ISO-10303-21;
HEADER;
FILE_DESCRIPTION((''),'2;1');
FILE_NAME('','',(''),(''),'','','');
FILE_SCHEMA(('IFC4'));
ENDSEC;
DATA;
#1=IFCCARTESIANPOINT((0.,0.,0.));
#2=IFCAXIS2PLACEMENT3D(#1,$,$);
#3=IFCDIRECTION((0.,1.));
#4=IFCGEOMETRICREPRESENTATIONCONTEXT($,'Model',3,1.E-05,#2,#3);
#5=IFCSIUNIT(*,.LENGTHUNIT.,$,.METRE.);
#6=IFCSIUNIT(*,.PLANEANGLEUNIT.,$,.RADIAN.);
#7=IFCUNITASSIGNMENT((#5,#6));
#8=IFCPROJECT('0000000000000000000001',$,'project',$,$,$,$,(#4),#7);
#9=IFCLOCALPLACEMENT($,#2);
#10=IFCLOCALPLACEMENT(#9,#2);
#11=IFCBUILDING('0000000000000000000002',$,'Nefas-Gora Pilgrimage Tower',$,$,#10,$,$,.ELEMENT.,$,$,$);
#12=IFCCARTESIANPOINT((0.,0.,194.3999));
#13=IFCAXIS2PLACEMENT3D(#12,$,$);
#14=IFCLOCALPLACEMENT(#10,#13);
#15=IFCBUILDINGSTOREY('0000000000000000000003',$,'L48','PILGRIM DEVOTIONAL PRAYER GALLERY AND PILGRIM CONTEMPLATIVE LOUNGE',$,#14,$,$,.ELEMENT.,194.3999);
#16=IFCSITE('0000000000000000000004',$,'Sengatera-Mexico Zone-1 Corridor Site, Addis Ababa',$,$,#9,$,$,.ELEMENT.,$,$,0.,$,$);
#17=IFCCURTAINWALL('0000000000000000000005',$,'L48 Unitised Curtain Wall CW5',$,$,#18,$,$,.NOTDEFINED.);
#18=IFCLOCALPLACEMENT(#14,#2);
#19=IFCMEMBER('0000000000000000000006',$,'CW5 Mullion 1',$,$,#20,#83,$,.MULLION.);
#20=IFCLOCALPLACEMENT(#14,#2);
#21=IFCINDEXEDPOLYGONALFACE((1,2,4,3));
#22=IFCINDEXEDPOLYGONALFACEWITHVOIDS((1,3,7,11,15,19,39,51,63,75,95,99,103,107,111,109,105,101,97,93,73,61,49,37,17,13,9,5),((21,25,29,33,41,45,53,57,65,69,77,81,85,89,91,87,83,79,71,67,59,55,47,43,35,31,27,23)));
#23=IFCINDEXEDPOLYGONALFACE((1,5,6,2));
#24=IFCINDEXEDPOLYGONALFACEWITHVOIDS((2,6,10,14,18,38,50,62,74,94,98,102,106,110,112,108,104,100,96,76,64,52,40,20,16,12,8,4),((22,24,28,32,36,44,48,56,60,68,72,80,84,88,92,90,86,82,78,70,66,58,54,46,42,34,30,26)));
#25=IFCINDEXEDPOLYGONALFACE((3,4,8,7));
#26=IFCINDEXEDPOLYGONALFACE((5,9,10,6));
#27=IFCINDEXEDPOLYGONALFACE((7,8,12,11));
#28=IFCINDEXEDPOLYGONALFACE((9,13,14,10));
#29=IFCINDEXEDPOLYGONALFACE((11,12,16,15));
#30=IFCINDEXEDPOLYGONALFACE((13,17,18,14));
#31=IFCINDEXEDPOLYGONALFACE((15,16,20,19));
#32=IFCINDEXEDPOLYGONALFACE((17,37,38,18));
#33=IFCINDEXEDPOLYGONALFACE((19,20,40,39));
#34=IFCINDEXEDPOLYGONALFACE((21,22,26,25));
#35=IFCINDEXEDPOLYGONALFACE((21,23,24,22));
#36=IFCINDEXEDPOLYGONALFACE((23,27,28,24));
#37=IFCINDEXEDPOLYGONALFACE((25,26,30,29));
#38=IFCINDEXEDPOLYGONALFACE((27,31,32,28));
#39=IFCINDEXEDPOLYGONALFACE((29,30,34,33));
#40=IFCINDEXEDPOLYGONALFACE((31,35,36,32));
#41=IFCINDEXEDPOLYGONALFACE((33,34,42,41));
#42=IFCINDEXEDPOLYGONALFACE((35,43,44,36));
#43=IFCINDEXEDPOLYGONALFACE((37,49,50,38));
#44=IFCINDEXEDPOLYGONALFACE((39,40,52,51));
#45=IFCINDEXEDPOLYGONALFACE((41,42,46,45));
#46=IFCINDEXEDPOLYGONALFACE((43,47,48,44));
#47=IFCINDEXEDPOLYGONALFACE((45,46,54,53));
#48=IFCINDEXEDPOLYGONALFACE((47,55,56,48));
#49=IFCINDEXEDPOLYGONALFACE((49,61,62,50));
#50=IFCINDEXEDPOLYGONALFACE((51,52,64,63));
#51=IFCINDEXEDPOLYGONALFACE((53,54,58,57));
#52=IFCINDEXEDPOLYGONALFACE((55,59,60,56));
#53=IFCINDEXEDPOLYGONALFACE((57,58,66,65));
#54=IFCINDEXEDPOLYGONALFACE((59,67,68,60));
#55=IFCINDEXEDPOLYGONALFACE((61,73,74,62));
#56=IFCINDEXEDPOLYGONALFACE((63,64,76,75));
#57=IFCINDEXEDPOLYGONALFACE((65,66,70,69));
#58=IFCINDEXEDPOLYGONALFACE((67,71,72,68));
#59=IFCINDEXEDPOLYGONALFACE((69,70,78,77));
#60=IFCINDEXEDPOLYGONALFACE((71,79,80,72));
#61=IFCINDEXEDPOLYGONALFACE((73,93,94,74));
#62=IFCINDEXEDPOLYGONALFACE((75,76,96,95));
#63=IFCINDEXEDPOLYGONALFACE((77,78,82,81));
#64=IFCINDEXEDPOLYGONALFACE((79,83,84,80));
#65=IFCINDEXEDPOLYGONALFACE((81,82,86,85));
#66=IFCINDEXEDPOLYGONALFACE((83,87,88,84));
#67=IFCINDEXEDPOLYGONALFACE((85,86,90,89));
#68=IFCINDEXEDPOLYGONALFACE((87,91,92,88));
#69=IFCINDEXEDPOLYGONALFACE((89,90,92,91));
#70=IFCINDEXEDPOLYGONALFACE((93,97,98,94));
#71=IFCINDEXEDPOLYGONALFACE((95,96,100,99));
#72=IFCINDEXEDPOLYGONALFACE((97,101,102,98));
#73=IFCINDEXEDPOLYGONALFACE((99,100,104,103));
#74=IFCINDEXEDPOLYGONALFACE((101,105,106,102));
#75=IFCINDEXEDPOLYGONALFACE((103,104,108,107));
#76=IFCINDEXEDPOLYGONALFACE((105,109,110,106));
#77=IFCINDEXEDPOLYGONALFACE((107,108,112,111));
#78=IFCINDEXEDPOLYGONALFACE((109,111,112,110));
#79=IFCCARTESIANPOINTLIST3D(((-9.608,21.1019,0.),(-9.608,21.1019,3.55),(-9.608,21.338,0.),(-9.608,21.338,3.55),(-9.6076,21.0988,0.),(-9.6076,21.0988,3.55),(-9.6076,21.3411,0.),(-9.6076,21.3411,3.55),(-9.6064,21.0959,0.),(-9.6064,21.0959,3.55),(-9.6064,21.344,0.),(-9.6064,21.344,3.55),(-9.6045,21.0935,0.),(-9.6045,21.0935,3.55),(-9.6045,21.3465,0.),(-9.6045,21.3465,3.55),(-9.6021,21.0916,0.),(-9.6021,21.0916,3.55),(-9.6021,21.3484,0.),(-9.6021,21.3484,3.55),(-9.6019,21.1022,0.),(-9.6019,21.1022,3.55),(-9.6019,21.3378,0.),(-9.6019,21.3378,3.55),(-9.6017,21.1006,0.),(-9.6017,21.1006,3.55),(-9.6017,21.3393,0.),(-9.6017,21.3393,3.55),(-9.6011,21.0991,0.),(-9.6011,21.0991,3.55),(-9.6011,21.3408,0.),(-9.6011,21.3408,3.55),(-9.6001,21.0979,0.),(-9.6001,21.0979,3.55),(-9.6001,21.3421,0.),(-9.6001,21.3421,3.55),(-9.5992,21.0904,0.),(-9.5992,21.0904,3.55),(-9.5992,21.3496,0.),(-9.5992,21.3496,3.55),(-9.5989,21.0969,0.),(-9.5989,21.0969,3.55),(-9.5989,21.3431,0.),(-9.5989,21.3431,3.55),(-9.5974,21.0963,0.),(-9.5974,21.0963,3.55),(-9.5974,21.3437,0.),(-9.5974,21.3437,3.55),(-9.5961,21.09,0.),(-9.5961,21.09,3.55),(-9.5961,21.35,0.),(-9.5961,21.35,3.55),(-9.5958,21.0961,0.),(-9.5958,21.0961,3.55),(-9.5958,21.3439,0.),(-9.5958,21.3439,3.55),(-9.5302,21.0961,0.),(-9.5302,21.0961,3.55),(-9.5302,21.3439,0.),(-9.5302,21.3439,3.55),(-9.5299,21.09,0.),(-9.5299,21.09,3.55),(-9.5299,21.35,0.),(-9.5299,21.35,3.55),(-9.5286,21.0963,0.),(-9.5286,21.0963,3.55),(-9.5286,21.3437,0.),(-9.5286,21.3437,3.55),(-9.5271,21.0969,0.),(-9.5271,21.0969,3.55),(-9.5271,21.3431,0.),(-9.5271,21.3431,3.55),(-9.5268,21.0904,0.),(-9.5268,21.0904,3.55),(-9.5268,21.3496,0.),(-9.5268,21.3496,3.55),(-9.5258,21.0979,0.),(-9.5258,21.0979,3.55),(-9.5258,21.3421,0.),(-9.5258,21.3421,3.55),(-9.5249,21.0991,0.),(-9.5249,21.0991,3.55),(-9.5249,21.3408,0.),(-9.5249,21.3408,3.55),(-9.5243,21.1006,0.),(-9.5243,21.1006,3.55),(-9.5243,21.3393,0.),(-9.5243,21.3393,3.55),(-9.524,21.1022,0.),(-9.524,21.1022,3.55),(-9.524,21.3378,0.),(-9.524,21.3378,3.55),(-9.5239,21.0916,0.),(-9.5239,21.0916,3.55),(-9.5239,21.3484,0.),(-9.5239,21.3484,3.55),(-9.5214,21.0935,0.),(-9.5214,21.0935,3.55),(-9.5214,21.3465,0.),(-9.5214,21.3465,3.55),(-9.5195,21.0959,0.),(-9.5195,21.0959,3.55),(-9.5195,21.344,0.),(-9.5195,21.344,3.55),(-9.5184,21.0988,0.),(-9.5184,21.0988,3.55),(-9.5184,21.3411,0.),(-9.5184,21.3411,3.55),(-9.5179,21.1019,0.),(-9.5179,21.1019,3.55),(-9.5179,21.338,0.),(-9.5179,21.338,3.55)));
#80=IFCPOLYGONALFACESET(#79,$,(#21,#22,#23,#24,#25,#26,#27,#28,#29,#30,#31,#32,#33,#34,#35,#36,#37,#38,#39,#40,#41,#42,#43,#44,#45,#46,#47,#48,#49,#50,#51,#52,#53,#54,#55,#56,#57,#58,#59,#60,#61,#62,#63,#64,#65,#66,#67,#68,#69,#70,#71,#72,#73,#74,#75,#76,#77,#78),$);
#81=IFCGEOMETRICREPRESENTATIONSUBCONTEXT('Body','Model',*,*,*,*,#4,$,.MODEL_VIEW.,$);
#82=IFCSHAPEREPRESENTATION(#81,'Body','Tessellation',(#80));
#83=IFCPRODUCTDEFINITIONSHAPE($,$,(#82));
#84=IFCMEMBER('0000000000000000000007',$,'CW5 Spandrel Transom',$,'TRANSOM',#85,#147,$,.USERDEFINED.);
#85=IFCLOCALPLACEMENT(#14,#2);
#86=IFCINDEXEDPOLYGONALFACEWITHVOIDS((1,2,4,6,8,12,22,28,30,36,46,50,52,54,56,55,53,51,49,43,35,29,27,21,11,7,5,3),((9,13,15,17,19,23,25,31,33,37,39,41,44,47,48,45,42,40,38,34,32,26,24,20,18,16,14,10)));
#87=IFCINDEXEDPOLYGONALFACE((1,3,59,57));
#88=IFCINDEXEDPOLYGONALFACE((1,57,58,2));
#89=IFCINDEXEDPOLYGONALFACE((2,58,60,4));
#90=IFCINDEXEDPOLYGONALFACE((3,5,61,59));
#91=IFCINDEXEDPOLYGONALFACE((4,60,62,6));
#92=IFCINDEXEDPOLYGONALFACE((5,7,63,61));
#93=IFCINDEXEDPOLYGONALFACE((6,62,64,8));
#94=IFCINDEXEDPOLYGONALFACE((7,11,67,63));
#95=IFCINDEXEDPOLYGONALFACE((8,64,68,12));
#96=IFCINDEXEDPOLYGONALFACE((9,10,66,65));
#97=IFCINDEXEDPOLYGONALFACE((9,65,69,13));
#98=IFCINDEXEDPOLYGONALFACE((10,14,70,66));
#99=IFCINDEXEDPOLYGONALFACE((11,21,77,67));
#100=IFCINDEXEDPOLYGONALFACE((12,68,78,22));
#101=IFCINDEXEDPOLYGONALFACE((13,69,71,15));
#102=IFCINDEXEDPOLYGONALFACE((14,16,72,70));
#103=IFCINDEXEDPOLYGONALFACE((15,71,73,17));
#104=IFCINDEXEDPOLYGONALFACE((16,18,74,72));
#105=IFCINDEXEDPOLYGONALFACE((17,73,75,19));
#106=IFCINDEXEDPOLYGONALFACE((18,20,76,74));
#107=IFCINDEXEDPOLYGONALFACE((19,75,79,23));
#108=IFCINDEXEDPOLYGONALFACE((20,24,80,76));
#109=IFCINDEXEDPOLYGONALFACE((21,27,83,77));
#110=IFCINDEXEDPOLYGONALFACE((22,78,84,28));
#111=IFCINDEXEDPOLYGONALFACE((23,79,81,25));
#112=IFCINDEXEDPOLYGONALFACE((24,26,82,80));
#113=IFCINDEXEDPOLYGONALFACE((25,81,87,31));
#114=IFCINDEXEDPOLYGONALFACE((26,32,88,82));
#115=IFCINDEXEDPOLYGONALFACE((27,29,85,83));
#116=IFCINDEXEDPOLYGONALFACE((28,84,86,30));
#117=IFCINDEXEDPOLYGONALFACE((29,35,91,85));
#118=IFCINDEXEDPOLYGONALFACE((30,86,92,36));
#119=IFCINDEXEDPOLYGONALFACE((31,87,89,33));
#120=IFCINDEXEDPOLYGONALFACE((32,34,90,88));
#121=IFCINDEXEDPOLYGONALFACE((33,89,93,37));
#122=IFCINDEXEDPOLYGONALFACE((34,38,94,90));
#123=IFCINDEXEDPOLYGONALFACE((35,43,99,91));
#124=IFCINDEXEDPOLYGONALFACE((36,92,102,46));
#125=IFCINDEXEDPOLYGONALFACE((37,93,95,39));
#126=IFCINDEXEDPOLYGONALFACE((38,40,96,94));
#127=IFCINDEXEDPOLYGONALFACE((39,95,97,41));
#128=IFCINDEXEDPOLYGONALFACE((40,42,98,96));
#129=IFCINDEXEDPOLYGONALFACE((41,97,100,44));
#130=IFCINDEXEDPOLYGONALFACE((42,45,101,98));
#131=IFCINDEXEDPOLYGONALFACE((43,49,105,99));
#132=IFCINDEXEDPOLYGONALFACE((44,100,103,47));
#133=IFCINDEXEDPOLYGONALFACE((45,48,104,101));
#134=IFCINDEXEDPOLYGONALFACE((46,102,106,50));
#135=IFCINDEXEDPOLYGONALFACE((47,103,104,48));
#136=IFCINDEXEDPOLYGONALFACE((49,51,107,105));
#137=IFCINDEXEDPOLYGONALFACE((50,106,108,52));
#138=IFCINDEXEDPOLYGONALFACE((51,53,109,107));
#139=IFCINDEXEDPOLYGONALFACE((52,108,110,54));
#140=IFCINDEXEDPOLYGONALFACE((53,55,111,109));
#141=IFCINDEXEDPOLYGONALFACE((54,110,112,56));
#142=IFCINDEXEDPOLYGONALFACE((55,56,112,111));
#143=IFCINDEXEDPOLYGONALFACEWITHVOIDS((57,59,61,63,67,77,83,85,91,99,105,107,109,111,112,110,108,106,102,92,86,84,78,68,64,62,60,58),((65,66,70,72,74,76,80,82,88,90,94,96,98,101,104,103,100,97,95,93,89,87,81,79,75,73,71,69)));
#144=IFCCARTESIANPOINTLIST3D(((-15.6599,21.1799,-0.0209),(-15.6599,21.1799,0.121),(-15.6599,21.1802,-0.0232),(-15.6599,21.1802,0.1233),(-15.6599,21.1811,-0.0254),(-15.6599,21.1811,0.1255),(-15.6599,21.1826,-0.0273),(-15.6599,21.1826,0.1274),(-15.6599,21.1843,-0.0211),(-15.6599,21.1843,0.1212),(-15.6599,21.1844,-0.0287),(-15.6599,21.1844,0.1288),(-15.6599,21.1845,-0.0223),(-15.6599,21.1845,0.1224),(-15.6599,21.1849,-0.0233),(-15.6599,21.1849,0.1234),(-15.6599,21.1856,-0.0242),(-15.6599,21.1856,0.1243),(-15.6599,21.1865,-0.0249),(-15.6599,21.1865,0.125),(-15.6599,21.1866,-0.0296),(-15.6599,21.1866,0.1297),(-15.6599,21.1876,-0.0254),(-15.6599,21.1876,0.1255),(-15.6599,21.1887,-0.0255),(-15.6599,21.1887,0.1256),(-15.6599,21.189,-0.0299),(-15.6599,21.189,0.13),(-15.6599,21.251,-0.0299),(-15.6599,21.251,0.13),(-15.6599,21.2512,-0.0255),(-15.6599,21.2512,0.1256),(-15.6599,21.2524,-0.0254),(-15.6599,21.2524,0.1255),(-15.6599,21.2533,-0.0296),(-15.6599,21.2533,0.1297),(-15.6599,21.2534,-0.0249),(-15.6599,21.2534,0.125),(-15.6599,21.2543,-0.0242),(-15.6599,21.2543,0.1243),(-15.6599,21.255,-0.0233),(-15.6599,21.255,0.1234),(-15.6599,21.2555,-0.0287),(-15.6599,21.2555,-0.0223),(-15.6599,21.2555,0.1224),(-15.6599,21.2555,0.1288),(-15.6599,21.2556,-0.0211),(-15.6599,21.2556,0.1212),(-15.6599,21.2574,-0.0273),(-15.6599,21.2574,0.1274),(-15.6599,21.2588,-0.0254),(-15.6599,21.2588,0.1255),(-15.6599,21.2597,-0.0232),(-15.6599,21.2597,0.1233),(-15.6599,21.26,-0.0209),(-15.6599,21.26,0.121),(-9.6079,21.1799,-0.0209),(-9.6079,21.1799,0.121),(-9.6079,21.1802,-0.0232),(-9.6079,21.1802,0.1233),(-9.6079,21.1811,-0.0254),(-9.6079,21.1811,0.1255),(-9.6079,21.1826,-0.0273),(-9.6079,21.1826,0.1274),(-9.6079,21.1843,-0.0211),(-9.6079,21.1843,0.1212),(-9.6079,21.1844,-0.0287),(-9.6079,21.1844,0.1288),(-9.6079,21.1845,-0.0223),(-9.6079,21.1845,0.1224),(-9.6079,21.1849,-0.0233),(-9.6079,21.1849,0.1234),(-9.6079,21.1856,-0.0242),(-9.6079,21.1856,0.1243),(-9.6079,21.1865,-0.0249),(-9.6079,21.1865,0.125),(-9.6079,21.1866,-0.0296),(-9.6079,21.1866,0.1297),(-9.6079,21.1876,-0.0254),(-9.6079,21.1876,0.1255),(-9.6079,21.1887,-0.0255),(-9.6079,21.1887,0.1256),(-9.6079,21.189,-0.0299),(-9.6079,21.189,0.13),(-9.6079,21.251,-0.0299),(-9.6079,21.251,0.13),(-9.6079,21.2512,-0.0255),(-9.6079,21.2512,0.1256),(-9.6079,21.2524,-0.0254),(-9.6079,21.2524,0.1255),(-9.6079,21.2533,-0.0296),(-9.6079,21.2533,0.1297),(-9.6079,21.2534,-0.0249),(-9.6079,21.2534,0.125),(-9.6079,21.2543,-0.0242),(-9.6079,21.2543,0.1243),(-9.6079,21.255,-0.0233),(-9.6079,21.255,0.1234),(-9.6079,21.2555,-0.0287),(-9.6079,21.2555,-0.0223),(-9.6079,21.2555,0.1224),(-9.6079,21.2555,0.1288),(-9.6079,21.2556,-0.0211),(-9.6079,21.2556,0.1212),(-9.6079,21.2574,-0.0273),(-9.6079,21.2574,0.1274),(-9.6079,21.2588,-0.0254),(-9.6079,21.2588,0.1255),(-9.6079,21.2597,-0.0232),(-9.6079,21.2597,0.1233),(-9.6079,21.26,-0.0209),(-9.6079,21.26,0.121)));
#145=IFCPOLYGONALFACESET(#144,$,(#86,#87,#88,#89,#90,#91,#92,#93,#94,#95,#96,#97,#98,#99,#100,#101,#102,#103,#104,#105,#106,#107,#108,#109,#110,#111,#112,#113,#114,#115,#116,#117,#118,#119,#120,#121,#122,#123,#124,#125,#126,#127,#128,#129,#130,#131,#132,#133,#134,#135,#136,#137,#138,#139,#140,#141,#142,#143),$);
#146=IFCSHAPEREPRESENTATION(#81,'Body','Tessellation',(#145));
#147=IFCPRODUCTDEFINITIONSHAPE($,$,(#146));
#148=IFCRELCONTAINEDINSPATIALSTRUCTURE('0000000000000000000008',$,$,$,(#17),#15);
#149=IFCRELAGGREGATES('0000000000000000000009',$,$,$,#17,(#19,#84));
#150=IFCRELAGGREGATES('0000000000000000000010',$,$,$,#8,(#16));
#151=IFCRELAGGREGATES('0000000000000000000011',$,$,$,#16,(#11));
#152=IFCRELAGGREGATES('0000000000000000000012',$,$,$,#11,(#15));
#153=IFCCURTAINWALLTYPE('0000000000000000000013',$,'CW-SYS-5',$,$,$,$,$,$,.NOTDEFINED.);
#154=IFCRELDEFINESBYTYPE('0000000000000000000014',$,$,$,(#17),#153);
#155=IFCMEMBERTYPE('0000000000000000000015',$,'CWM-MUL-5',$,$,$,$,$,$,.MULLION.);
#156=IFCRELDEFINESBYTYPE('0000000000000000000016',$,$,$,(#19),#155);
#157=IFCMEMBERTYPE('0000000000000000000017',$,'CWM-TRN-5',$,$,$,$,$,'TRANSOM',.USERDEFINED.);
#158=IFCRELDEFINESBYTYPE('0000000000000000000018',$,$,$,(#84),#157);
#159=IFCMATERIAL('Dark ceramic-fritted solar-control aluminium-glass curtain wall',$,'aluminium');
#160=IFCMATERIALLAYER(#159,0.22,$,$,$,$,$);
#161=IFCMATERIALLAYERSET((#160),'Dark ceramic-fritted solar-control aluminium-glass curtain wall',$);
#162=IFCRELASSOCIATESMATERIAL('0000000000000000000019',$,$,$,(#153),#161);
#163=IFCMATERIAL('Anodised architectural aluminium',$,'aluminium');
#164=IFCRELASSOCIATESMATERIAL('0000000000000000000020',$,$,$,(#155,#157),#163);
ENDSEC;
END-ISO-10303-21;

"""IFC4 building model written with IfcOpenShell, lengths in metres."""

from ifc_helpers import new_model, si_unit, direction, frame, origin, origin_2d, place, context, subcontext, project, spatial, hollow_rectangle, extrude, source, transform, mapped, material, layer, layer_set, material_profile, profile_set, type_object, element, aggregate, save


model = new_model("IFC4")

# Units and contexts
model_context = context("Model", 3, precision=1e-05, world=origin(), true_north=direction((0.0, 1.0)))
body_context = subcontext(model_context, "Body", "Model", "MODEL_VIEW")
ifc_project = project(units=[si_unit("LENGTHUNIT", "METRE"), si_unit("PLANEANGLEUNIT", "RADIAN")], contexts=[model_context])

# Site, building, storey
site_placement = place(None, origin())
site = spatial("IfcSite", under=ifc_project, at=site_placement, Name="Sengatera-Mexico Zone-1 Corridor Site, Addis Ababa", CompositionType="ELEMENT", RefElevation=0.0)
building_placement = place(site_placement, origin())
building = spatial("IfcBuilding", under=site, at=building_placement, Name="Nefas-Gora Pilgrimage Tower", CompositionType="ELEMENT")
storey_placement = place(building_placement, frame((0.0, 0.0, 194.3999)))
storey = spatial("IfcBuildingStorey", under=building, at=storey_placement, Name="L48", Description="PILGRIM DEVOTIONAL PRAYER GALLERY AND PILGRIM CONTEMPLATIVE LOUNGE", CompositionType="ELEMENT", Elevation=194.3999)

# Curtain wall, members
ifc_material_1 = material(Name="Dark ceramic-fritted solar-control aluminium-glass curtain wall", Category="aluminium")
ifc_layer_1 = layer(ifc_material_1, 0.22)
ifc_layer_set_1 = layer_set([ifc_layer_1], Name="Dark ceramic-fritted solar-control aluminium-glass curtain wall")
curtain_wall_type = type_object("IfcCurtainWallType", Name="CW-SYS-5", PredefinedType="NOTDEFINED", material=ifc_layer_set_1)
ifc_material_2 = material(Name="Anodised architectural aluminium", Category="aluminium")
ifc_material_profile_1 = material_profile(ifc_material_2, hollow_rectangle(XDim=0.0901, YDim=0.26, WallThickness=0.0061, InnerFilletRadius=0.0061, OuterFilletRadius=0.012, at=origin_2d()), Name="ALU MULLION 90x260")
ifc_profile_set_1 = profile_set([ifc_material_profile_1], Name="Anodised architectural aluminium")
member_type_1 = type_object("IfcMemberType", Name="CWM-MUL-5", PredefinedType="MULLION", material=ifc_profile_set_1)
shared_shape_1 = source(origin(), body_context, "Body", "SweptSolid", [
    extrude(hollow_rectangle(XDim=0.0901, YDim=0.26, WallThickness=0.0061, InnerFilletRadius=0.0061, OuterFilletRadius=0.012, at=origin_2d()), origin(), (0.0, 0.0, 1.0), 3.55),
])
curtain_wall_1_placement = place(storey_placement, origin())
curtain_wall_1 = element("IfcCurtainWall", 1, at=curtain_wall_1_placement, inside=storey, type_object=curtain_wall_type, Name="L48 Unitised Curtain Wall CW5", PredefinedType="NOTDEFINED")
member_1_placement = place(storey_placement, frame((-9.563, 21.22, 0.0), z_axis=(0.0, 0.0, 1.0), x_axis=(-1.0, 0.0, 0.0)))
member_1 = element("IfcMember", 2, at=member_1_placement, type_object=member_type_1, Name="CW5 Mullion 1", PredefinedType="MULLION", context=body_context, shape_type="MappedRepresentation", body=[
    mapped(shared_shape_1, transform((0.0, 0.0, 0.0), x_axis=(1.0, 0.0, 0.0), y_axis=(0.0, 1.0, 0.0), z_axis=(0.0, 0.0, 1.0), scale=1.0)),
])
ifc_material_profile_2 = material_profile(ifc_material_2, hollow_rectangle(XDim=0.0801, YDim=0.1599, WallThickness=0.0044, InnerFilletRadius=0.0044, OuterFilletRadius=0.009, at=origin_2d()), Name="ALU TRANSOM 80x160")
ifc_profile_set_2 = profile_set([ifc_material_profile_2], Name="Anodised architectural aluminium")
member_type_2 = type_object("IfcMemberType", Name="CWM-TRN-5", ElementType="TRANSOM", PredefinedType="USERDEFINED", material=ifc_profile_set_2)
shared_shape_2 = source(origin(), body_context, "Body", "SweptSolid", [
    extrude(hollow_rectangle(XDim=0.0801, YDim=0.1599, WallThickness=0.0044, InnerFilletRadius=0.0044, OuterFilletRadius=0.009, at=origin_2d()), origin(), (0.0, 0.0, 1.0), 6.052),
])
member_2_placement = place(storey_placement, frame((-9.6079, 21.22, 0.05), z_axis=(-1.0, 0.0, 0.0), x_axis=(0.0, -1.0, 0.0)))
member_2 = element("IfcMember", 3, at=member_2_placement, type_object=member_type_2, Name="CW5 Spandrel Transom", ObjectType="TRANSOM", PredefinedType="USERDEFINED", context=body_context, shape_type="MappedRepresentation", body=[
    mapped(shared_shape_2, transform((0.0, 0.0, 0.0), x_axis=(1.0, 0.0, 0.0), y_axis=(0.0, 1.0, 0.0), z_axis=(0.0, 0.0, 1.0), scale=1.0)),
])

aggregate(curtain_wall_1, [member_1, member_2])

save(model, "model.ifc")
